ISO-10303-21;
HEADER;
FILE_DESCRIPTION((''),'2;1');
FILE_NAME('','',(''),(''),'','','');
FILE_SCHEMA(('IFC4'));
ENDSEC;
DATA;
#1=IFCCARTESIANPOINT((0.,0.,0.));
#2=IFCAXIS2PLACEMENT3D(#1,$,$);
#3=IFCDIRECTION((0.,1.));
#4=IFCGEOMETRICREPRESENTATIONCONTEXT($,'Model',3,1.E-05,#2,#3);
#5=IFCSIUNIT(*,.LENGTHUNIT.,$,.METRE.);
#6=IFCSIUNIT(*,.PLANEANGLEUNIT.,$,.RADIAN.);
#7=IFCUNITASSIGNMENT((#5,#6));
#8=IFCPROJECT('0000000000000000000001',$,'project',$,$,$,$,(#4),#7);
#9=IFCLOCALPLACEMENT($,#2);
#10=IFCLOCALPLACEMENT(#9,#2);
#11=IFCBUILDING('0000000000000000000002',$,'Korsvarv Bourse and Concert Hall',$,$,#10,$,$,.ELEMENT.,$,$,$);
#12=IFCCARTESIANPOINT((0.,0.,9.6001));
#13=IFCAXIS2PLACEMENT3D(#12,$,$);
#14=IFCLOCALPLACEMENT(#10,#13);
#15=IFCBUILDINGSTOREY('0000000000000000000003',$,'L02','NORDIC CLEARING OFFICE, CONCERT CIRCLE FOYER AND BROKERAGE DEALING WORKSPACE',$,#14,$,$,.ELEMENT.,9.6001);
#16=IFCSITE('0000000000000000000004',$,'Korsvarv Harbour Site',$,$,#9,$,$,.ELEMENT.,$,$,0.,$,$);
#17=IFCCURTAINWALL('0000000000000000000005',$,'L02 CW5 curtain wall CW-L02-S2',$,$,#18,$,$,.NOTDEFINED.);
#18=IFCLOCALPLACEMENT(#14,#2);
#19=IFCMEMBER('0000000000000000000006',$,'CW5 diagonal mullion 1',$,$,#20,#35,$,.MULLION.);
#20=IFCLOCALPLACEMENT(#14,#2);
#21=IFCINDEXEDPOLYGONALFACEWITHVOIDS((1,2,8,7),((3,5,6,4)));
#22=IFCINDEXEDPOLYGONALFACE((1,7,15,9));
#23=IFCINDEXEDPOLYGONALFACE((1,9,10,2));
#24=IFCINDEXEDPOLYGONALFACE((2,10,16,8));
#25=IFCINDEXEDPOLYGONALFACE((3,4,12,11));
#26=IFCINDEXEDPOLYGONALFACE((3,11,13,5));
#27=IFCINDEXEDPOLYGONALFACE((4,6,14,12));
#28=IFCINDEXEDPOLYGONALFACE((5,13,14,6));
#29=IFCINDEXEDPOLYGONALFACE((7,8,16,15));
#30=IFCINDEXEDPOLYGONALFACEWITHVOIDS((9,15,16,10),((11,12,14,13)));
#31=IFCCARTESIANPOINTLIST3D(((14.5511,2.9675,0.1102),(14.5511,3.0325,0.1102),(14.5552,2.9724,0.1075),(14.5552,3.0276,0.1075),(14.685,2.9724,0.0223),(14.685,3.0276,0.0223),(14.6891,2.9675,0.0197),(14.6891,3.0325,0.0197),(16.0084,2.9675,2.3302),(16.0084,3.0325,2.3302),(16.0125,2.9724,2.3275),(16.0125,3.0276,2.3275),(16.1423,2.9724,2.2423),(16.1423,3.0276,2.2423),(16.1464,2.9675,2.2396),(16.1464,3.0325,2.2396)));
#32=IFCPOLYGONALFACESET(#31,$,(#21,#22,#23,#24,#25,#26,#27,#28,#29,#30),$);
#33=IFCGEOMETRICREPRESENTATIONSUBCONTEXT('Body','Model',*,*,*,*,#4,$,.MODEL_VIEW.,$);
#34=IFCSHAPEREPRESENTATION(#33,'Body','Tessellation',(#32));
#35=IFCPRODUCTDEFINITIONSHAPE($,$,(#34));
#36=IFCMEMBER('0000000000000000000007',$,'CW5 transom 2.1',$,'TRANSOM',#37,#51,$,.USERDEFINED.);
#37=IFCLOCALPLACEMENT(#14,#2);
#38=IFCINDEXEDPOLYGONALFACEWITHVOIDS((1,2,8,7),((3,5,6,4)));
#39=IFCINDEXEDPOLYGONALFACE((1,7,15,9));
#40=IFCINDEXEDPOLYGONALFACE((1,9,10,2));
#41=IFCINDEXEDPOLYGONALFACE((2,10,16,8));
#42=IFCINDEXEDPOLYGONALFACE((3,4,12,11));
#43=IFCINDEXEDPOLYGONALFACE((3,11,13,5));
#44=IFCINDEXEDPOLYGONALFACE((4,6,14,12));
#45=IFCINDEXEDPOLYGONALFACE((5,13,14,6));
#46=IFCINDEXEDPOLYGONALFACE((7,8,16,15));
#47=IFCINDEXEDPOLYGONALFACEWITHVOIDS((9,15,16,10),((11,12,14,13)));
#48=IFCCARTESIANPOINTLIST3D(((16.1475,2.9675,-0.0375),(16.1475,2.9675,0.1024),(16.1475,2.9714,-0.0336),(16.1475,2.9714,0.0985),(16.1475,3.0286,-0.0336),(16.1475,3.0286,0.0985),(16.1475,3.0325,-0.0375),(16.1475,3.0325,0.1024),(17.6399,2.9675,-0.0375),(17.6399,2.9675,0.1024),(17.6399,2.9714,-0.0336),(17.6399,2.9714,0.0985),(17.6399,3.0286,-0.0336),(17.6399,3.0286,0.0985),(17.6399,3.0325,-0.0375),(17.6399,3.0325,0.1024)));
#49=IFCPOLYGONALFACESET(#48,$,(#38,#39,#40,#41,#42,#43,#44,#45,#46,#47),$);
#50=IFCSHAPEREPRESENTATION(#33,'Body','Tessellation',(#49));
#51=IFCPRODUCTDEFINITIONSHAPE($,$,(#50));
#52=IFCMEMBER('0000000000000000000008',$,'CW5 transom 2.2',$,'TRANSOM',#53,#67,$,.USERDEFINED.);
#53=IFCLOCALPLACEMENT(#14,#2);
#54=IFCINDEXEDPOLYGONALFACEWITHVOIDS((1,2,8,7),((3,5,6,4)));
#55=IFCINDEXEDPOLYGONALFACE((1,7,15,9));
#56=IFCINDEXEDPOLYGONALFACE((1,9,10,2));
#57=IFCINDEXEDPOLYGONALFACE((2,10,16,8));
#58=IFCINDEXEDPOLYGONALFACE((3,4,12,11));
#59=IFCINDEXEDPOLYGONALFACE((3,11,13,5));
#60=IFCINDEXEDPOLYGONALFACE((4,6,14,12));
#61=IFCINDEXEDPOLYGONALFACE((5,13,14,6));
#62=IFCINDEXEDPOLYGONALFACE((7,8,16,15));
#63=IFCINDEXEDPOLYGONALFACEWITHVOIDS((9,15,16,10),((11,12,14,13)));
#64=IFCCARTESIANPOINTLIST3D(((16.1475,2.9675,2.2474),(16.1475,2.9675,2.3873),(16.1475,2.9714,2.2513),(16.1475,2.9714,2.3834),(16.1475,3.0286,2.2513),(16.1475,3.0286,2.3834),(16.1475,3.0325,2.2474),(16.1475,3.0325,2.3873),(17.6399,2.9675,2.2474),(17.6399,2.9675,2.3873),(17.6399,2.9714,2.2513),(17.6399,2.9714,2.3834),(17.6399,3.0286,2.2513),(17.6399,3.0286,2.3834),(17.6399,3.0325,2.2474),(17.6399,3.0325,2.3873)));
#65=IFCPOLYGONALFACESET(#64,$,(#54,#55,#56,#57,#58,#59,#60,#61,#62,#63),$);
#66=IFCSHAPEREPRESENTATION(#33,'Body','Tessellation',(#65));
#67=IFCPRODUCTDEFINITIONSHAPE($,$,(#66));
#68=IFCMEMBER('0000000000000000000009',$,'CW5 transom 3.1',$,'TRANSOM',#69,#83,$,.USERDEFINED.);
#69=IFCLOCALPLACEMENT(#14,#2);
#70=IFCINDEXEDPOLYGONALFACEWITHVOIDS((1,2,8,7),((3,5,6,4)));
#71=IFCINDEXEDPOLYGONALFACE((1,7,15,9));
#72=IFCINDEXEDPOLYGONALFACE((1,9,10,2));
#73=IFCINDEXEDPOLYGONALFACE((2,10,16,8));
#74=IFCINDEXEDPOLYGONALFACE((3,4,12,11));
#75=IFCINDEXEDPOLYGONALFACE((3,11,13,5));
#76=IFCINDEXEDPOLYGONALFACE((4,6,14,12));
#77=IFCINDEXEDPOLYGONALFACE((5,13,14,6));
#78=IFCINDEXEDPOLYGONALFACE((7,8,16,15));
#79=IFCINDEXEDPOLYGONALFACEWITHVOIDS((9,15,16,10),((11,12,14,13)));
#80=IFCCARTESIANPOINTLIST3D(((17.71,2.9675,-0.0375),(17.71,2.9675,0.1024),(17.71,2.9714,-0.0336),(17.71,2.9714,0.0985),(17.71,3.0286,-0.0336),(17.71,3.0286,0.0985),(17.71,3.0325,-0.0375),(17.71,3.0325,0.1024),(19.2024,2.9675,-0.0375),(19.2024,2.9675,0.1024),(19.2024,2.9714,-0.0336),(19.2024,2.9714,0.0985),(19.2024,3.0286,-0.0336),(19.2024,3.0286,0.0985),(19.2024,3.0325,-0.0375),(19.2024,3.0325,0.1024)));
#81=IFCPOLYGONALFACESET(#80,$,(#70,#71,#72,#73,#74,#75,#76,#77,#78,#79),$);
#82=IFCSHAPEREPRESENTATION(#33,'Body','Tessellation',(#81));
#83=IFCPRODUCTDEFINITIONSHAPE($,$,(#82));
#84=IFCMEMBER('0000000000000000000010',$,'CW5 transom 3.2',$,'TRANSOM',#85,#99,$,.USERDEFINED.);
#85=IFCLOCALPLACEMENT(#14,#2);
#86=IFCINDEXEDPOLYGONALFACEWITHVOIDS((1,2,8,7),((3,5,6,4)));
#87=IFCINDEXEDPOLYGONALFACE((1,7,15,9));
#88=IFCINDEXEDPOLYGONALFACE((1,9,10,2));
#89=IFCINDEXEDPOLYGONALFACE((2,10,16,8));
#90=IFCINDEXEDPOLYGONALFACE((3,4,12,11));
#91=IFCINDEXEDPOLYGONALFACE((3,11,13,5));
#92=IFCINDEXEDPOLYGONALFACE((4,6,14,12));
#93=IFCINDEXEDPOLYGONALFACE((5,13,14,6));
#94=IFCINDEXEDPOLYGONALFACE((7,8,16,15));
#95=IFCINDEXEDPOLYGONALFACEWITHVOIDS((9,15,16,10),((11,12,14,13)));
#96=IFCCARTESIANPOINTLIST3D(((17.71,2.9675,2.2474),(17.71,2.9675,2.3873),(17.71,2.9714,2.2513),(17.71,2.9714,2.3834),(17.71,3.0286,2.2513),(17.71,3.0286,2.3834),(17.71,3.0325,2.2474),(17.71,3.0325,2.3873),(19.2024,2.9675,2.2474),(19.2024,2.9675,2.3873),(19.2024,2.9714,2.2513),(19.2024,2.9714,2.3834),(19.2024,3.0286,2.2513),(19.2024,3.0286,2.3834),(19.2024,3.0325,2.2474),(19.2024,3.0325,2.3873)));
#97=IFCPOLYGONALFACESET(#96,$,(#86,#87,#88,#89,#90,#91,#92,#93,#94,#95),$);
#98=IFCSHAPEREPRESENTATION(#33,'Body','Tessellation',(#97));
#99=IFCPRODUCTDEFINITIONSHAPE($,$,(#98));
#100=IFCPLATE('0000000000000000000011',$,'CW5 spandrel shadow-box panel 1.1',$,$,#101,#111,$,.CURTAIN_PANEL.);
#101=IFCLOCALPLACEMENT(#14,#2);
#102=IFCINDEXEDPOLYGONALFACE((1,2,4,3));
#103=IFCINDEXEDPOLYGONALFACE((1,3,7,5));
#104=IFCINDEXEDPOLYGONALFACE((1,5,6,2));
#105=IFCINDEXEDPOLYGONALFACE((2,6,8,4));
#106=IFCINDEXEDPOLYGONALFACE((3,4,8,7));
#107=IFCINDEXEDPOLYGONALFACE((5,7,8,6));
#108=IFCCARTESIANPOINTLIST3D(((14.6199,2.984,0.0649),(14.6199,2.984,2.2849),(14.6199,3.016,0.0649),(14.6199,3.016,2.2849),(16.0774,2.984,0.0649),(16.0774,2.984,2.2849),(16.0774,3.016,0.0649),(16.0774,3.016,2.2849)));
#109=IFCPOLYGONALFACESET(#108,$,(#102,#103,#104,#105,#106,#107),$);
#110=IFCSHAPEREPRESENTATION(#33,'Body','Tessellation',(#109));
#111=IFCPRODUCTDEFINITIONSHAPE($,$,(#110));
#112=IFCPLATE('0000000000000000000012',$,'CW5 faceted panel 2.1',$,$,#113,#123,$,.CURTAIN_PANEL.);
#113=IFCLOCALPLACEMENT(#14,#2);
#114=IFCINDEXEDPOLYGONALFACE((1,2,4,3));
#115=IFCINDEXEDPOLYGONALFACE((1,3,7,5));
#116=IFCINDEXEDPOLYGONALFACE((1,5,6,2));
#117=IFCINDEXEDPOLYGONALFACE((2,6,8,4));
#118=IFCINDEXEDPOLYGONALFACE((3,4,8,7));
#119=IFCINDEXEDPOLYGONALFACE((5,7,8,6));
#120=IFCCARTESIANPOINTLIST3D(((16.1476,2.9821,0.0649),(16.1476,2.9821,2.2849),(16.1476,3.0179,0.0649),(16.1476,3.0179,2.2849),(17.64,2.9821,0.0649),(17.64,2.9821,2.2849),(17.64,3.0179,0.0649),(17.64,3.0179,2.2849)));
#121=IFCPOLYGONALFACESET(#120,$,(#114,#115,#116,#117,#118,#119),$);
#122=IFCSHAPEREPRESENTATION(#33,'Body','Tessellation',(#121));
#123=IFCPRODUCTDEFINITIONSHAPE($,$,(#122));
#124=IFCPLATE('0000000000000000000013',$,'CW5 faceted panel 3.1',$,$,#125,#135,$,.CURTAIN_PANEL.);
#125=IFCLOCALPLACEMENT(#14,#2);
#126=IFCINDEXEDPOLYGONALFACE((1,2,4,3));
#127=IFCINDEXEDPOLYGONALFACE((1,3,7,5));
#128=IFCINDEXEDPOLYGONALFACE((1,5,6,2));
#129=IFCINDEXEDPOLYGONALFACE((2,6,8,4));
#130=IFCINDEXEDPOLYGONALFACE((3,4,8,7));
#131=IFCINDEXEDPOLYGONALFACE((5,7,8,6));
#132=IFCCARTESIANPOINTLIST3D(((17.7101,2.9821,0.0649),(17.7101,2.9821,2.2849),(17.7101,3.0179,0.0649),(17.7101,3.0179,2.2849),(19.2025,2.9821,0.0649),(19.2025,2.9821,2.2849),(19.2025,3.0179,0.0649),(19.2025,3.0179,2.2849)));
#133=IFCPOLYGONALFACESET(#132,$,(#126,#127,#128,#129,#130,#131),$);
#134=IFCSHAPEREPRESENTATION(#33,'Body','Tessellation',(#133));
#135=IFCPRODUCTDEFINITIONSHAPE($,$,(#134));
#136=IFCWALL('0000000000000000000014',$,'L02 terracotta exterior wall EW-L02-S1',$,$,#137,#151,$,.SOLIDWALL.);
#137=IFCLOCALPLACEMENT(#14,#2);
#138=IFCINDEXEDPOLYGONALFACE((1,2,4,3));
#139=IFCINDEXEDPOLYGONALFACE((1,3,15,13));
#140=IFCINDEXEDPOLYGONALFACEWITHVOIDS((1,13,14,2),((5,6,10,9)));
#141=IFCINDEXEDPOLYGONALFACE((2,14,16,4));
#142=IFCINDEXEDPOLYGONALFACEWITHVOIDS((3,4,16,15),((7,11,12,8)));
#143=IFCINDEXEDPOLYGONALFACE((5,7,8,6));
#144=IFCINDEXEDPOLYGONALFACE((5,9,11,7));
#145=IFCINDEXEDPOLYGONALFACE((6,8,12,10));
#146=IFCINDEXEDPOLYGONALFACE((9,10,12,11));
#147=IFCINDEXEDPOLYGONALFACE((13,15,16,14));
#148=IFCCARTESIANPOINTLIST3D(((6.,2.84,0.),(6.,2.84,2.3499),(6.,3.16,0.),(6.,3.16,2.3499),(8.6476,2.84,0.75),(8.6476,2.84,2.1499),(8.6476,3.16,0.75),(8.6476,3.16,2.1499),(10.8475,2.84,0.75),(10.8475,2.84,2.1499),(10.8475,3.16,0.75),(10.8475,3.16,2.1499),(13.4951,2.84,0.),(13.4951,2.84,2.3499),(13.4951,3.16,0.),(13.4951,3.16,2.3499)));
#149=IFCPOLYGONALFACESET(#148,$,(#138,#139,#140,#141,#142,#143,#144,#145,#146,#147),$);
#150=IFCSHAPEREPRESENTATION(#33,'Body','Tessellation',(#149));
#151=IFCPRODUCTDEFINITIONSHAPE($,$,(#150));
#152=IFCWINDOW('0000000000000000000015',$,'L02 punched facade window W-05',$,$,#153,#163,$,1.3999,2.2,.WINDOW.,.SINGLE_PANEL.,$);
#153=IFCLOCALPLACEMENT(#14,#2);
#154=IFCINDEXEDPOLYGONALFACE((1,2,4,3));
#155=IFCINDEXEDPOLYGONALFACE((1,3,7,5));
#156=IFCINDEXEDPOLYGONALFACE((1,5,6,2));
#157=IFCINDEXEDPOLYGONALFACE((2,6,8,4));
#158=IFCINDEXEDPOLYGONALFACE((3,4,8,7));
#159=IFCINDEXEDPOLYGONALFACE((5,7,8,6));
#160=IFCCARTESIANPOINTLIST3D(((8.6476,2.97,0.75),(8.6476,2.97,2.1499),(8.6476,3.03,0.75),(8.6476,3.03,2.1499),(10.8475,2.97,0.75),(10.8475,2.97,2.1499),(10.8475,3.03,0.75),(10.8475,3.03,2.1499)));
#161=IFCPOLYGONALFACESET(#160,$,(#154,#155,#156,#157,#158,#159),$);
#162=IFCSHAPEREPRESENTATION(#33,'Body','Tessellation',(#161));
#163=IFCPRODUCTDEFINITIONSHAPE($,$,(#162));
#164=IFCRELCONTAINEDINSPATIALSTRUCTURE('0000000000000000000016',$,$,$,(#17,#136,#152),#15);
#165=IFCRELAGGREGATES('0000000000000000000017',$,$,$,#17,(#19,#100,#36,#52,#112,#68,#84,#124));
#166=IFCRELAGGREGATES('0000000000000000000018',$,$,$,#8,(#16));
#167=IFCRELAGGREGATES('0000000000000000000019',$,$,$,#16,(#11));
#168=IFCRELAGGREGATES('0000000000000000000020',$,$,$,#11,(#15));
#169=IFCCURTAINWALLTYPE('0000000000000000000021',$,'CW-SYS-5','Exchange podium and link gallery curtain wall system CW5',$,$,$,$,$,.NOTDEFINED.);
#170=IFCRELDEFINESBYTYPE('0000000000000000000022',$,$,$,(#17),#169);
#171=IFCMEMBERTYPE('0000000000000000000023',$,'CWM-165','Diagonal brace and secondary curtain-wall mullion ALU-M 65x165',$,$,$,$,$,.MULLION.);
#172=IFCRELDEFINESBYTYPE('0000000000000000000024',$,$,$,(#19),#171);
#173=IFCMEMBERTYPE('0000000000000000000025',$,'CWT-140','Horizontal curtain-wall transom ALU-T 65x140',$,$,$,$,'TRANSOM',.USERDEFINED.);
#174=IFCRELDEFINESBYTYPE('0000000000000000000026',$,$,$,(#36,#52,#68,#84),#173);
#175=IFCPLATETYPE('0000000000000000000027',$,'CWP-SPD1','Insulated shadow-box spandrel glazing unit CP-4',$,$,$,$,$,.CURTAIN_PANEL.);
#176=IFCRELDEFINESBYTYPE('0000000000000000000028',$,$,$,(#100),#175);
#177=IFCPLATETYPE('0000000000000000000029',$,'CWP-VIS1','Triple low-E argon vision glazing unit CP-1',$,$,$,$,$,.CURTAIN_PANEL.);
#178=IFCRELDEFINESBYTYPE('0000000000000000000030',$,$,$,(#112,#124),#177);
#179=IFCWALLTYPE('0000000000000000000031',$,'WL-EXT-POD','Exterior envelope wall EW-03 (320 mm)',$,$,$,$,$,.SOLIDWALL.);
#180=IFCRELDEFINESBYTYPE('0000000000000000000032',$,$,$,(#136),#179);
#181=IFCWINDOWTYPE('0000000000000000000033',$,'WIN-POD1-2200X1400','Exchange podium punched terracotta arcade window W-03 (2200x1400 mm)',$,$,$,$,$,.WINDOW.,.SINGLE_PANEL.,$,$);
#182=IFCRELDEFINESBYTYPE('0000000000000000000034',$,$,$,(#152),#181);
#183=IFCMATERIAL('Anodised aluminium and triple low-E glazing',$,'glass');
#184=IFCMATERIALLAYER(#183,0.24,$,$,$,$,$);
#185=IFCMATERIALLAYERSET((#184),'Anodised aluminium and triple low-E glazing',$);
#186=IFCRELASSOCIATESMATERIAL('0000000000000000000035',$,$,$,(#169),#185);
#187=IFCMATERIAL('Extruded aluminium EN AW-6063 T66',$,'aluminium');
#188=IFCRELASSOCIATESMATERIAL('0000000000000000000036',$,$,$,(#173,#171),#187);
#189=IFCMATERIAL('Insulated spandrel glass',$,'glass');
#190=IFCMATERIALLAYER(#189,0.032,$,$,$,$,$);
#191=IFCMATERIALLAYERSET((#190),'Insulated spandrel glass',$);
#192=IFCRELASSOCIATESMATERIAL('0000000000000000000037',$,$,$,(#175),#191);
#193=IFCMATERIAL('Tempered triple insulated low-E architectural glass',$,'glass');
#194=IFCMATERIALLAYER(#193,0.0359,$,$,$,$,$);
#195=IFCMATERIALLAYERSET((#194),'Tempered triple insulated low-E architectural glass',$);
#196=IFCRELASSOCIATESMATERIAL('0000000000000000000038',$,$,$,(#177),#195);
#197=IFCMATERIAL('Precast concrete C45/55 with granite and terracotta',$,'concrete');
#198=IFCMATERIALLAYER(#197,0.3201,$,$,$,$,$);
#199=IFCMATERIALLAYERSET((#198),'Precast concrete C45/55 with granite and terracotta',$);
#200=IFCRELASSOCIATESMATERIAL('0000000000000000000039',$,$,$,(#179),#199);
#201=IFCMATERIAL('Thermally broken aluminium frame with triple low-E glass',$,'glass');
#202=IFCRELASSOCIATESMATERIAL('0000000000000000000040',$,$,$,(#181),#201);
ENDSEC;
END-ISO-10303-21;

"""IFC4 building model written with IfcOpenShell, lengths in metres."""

from ifc_helpers import new_model, si_unit, direction, frame, frame_2d, origin, origin_2d, place, context, subcontext, project, spatial, rectangle, hollow_rectangle, extrude, source, transform, mapped, material, layer, layer_set, material_profile, profile_set, type_object, element, fill, aggregate, save


model = new_model("IFC4")

# Units and contexts
model_context = context("Model", 3, precision=1e-05, world=origin(), true_north=direction((0.0, 1.0)))
body_context = subcontext(model_context, "Body", "Model", "MODEL_VIEW")
ifc_project = project(units=[si_unit("LENGTHUNIT", "METRE"), si_unit("PLANEANGLEUNIT", "RADIAN")], contexts=[model_context])

# Site, building, storey
site_placement = place(None, origin())
site = spatial("IfcSite", under=ifc_project, at=site_placement, Name="Korsvarv Harbour Site", CompositionType="ELEMENT", RefElevation=0.0)
building_placement = place(site_placement, origin())
building = spatial("IfcBuilding", under=site, at=building_placement, Name="Korsvarv Bourse and Concert Hall", CompositionType="ELEMENT")
storey_placement = place(building_placement, frame((0.0, 0.0, 9.6001)))
storey = spatial("IfcBuildingStorey", under=building, at=storey_placement, Name="L02", Description="NORDIC CLEARING OFFICE, CONCERT CIRCLE FOYER AND BROKERAGE DEALING WORKSPACE", CompositionType="ELEMENT", Elevation=9.6001)

# Curtain wall, members, plates
ifc_material_1 = material(Name="Anodised aluminium and triple low-E glazing", Category="glass")
ifc_layer_1 = layer(ifc_material_1, 0.24)
ifc_layer_set_1 = layer_set([ifc_layer_1], Name="Anodised aluminium and triple low-E glazing")
curtain_wall_type = type_object("IfcCurtainWallType", Name="CW-SYS-5", Description="Exchange podium and link gallery curtain wall system CW5", PredefinedType="NOTDEFINED", material=ifc_layer_set_1)
curtain_wall_placement = place(storey_placement, origin())
curtain_wall = element("IfcCurtainWall", 1, at=curtain_wall_placement, inside=storey, type_object=curtain_wall_type, Name="L02 CW5 curtain wall CW-L02-S2", PredefinedType="NOTDEFINED")
ifc_material_2 = material(Name="Extruded aluminium EN AW-6063 T66", Category="aluminium")
ifc_material_profile_1 = material_profile(ifc_material_2, hollow_rectangle(XDim=0.0649, YDim=0.1399, WallThickness=0.0039, at=origin_2d()), Name="ALU-T 65x140")
ifc_profile_set_1 = profile_set([ifc_material_profile_1], Name="Extruded aluminium EN AW-6063 T66")
member_type_1 = type_object("IfcMemberType", Name="CWT-140", Description="Horizontal curtain-wall transom ALU-T 65x140", ElementType="TRANSOM", PredefinedType="USERDEFINED", material=ifc_profile_set_1)
ifc_material_profile_2 = material_profile(ifc_material_2, hollow_rectangle(XDim=0.0649, YDim=0.165, WallThickness=0.0049, at=origin_2d()), Name="ALU-M 65x165")
ifc_profile_set_2 = profile_set([ifc_material_profile_2], Name="Extruded aluminium EN AW-6063 T66")
member_type_2 = type_object("IfcMemberType", Name="CWM-165", Description="Diagonal brace and secondary curtain-wall mullion ALU-M 65x165", PredefinedType="MULLION", material=ifc_profile_set_2)
shared_shape_1 = source(origin(), body_context, "Body", "SweptSolid", [
    extrude(hollow_rectangle(XDim=0.0649, YDim=0.165, WallThickness=0.0049, at=origin_2d()), origin(), (0.0, 0.0, 1.0), 2.6555),
])
member_1_placement = place(storey_placement, frame((14.6201, 3.0, 0.0649), z_axis=(0.548767, 0.0, 0.835975), x_axis=(0.0, 1.0, 0.0)))
member_1 = element("IfcMember", 2, at=member_1_placement, type_object=member_type_2, Name="CW5 diagonal mullion 1", PredefinedType="MULLION", context=body_context, shape_type="MappedRepresentation", body=[
    mapped(shared_shape_1, transform((0.0, 0.0, 0.0), scale=1.0)),
])
shared_shape_2 = source(origin(), body_context, "Body", "SweptSolid", [
    extrude(hollow_rectangle(XDim=0.0649, YDim=0.1399, WallThickness=0.0039, at=origin_2d()), origin(), (0.0, 0.0, 1.0), 1.4924),
])
member_2_placement = place(storey_placement, frame((16.1475, 3.0, 0.0325), z_axis=(1.0, 0.0, 0.0), x_axis=(0.0, 1.0, 0.0)))
member_2 = element("IfcMember", 3, at=member_2_placement, type_object=member_type_1, Name="CW5 transom 2.1", ObjectType="TRANSOM", PredefinedType="USERDEFINED", context=body_context, shape_type="MappedRepresentation", body=[
    mapped(shared_shape_2, transform((0.0, 0.0, 0.0), scale=1.0)),
])
member_3_placement = place(storey_placement, frame((16.1475, 3.0, 2.3174), z_axis=(1.0, 0.0, 0.0), x_axis=(0.0, 1.0, 0.0)))
member_3 = element("IfcMember", 4, at=member_3_placement, type_object=member_type_1, Name="CW5 transom 2.2", ObjectType="TRANSOM", PredefinedType="USERDEFINED", context=body_context, shape_type="MappedRepresentation", body=[
    mapped(shared_shape_2, transform((0.0, 0.0, 0.0), scale=1.0)),
])
member_4_placement = place(storey_placement, frame((17.71, 3.0, 0.0325), z_axis=(1.0, 0.0, 0.0), x_axis=(0.0, 1.0, 0.0)))
member_4 = element("IfcMember", 5, at=member_4_placement, type_object=member_type_1, Name="CW5 transom 3.1", ObjectType="TRANSOM", PredefinedType="USERDEFINED", context=body_context, shape_type="MappedRepresentation", body=[
    mapped(shared_shape_2, transform((0.0, 0.0, 0.0), scale=1.0)),
])
member_5_placement = place(storey_placement, frame((17.71, 3.0, 2.3174), z_axis=(1.0, 0.0, 0.0), x_axis=(0.0, 1.0, 0.0)))
member_5 = element("IfcMember", 6, at=member_5_placement, type_object=member_type_1, Name="CW5 transom 3.2", ObjectType="TRANSOM", PredefinedType="USERDEFINED", context=body_context, shape_type="MappedRepresentation", body=[
    mapped(shared_shape_2, transform((0.0, 0.0, 0.0), scale=1.0)),
])
ifc_material_3 = material(Name="Insulated spandrel glass", Category="glass")
ifc_layer_2 = layer(ifc_material_3, 0.032)
ifc_layer_set_2 = layer_set([ifc_layer_2], Name="Insulated spandrel glass")
plate_type_1 = type_object("IfcPlateType", Name="CWP-SPD1", Description="Insulated shadow-box spandrel glazing unit CP-4", PredefinedType="CURTAIN_PANEL", material=ifc_layer_set_2)
shared_shape_3 = source(origin(), body_context, "Body", "SweptSolid", [
    extrude(rectangle(XDim=1.4575, YDim=0.032, at=origin_2d()), origin(), (0.0, 0.0, 1.0), 2.22),
])
plate_1_placement = place(storey_placement, frame((15.3486, 3.0, 0.0649), z_axis=(0.0, 0.0, 1.0), x_axis=(1.0, 0.0, 0.0)))
plate_1 = element("IfcPlate", 7, at=plate_1_placement, type_object=plate_type_1, Name="CW5 spandrel shadow-box panel 1.1", PredefinedType="CURTAIN_PANEL", context=body_context, shape_type="MappedRepresentation", body=[
    mapped(shared_shape_3, transform((0.0, 0.0, 0.0), scale=1.0)),
])
ifc_material_4 = material(Name="Tempered triple insulated low-E architectural glass", Category="glass")
ifc_layer_3 = layer(ifc_material_4, 0.0359)
ifc_layer_set_3 = layer_set([ifc_layer_3], Name="Tempered triple insulated low-E architectural glass")
plate_type_2 = type_object("IfcPlateType", Name="CWP-VIS1", Description="Triple low-E argon vision glazing unit CP-1", PredefinedType="CURTAIN_PANEL", material=ifc_layer_set_3)
shared_shape_4 = source(origin(), body_context, "Body", "SweptSolid", [
    extrude(rectangle(XDim=1.4924, YDim=0.0359, at=origin_2d()), origin(), (0.0, 0.0, 1.0), 2.22),
])
plate_2_placement = place(storey_placement, frame((16.8938, 3.0, 0.0649), z_axis=(0.0, 0.0, 1.0), x_axis=(1.0, 0.0, 0.0)))
plate_2 = element("IfcPlate", 8, at=plate_2_placement, type_object=plate_type_2, Name="CW5 faceted panel 2.1", PredefinedType="CURTAIN_PANEL", context=body_context, shape_type="MappedRepresentation", body=[
    mapped(shared_shape_4, transform((0.0, 0.0, 0.0), scale=1.0)),
])
plate_3_placement = place(storey_placement, frame((18.4563, 3.0, 0.0649), z_axis=(0.0, 0.0, 1.0), x_axis=(1.0, 0.0, 0.0)))
plate_3 = element("IfcPlate", 9, at=plate_3_placement, type_object=plate_type_2, Name="CW5 faceted panel 3.1", PredefinedType="CURTAIN_PANEL", context=body_context, shape_type="MappedRepresentation", body=[
    mapped(shared_shape_4, transform((0.0, 0.0, 0.0), scale=1.0)),
])
aggregate(curtain_wall, [member_1, plate_1, member_2, member_3, plate_2, member_4, member_5, plate_3])

# Wall, opening, window
ifc_material_5 = material(Name="Precast concrete C45/55 with granite and terracotta", Category="concrete")
ifc_layer_4 = layer(ifc_material_5, 0.3201)
ifc_layer_set_4 = layer_set([ifc_layer_4], Name="Precast concrete C45/55 with granite and terracotta")
wall_type_1 = type_object("IfcWallType", Name="WL-EXT-POD", Description="Exterior envelope wall EW-03 (320 mm)", PredefinedType="SOLIDWALL", material=ifc_layer_set_4)
wall_1_placement = place(storey_placement, frame((6.0, 3.0, 0.0), z_axis=(0.0, 0.0, 1.0), x_axis=(1.0, 0.0, 0.0)))
wall_1 = element("IfcWall", 10, at=wall_1_placement, inside=storey, type_object=wall_type_1, Name="L02 terracotta exterior wall EW-L02-S1", PredefinedType="SOLIDWALL", context=body_context, shape_type="SweptSolid", body=[
    extrude(rectangle(XDim=7.4951, YDim=0.3201, at=frame_2d((3.7476, 0.0))), origin(), (0.0, 0.0, 1.0), 2.3499),
])
opening_1_placement = place(wall_1_placement, frame((2.6475, 0.0, 0.75)))
opening_1 = element("IfcOpeningElement", 11, at=opening_1_placement, cuts=wall_1, PredefinedType="OPENING", context=body_context, shape_type="SweptSolid", body=[
    extrude(rectangle(XDim=2.2, YDim=1.3999, at=frame_2d((1.1001, 0.7))), frame((0.0, 0.1699, 0.0), z_axis=(0.0, -1.0, 0.0), x_axis=(1.0, 0.0, 0.0)), (0.0, 0.0, 1.0), 0.3401),
])
ifc_material_6 = material(Name="Thermally broken aluminium frame with triple low-E glass", Category="glass")
window_type = type_object("IfcWindowType", Name="WIN-POD1-2200X1400", Description="Exchange podium punched terracotta arcade window W-03 (2200x1400 mm)", PartitioningType="SINGLE_PANEL", PredefinedType="WINDOW", material=ifc_material_6)
window_placement = place(opening_1_placement, origin())
window = element("IfcWindow", 12, at=window_placement, inside=storey, type_object=window_type, Name="L02 punched facade window W-05", OverallHeight=1.3999, OverallWidth=2.2, PartitioningType="SINGLE_PANEL", PredefinedType="WINDOW", context=body_context, shape_type="SweptSolid", body=[
    extrude(rectangle(XDim=2.2, YDim=1.3999, at=frame_2d((1.1001, 0.7))), frame((0.0, 0.03, 0.0), z_axis=(0.0, -1.0, 0.0), x_axis=(1.0, 0.0, 0.0)), (0.0, 0.0, 1.0), 0.0601),
])
fill(opening_1, window)

save(model, "model.ifc")
